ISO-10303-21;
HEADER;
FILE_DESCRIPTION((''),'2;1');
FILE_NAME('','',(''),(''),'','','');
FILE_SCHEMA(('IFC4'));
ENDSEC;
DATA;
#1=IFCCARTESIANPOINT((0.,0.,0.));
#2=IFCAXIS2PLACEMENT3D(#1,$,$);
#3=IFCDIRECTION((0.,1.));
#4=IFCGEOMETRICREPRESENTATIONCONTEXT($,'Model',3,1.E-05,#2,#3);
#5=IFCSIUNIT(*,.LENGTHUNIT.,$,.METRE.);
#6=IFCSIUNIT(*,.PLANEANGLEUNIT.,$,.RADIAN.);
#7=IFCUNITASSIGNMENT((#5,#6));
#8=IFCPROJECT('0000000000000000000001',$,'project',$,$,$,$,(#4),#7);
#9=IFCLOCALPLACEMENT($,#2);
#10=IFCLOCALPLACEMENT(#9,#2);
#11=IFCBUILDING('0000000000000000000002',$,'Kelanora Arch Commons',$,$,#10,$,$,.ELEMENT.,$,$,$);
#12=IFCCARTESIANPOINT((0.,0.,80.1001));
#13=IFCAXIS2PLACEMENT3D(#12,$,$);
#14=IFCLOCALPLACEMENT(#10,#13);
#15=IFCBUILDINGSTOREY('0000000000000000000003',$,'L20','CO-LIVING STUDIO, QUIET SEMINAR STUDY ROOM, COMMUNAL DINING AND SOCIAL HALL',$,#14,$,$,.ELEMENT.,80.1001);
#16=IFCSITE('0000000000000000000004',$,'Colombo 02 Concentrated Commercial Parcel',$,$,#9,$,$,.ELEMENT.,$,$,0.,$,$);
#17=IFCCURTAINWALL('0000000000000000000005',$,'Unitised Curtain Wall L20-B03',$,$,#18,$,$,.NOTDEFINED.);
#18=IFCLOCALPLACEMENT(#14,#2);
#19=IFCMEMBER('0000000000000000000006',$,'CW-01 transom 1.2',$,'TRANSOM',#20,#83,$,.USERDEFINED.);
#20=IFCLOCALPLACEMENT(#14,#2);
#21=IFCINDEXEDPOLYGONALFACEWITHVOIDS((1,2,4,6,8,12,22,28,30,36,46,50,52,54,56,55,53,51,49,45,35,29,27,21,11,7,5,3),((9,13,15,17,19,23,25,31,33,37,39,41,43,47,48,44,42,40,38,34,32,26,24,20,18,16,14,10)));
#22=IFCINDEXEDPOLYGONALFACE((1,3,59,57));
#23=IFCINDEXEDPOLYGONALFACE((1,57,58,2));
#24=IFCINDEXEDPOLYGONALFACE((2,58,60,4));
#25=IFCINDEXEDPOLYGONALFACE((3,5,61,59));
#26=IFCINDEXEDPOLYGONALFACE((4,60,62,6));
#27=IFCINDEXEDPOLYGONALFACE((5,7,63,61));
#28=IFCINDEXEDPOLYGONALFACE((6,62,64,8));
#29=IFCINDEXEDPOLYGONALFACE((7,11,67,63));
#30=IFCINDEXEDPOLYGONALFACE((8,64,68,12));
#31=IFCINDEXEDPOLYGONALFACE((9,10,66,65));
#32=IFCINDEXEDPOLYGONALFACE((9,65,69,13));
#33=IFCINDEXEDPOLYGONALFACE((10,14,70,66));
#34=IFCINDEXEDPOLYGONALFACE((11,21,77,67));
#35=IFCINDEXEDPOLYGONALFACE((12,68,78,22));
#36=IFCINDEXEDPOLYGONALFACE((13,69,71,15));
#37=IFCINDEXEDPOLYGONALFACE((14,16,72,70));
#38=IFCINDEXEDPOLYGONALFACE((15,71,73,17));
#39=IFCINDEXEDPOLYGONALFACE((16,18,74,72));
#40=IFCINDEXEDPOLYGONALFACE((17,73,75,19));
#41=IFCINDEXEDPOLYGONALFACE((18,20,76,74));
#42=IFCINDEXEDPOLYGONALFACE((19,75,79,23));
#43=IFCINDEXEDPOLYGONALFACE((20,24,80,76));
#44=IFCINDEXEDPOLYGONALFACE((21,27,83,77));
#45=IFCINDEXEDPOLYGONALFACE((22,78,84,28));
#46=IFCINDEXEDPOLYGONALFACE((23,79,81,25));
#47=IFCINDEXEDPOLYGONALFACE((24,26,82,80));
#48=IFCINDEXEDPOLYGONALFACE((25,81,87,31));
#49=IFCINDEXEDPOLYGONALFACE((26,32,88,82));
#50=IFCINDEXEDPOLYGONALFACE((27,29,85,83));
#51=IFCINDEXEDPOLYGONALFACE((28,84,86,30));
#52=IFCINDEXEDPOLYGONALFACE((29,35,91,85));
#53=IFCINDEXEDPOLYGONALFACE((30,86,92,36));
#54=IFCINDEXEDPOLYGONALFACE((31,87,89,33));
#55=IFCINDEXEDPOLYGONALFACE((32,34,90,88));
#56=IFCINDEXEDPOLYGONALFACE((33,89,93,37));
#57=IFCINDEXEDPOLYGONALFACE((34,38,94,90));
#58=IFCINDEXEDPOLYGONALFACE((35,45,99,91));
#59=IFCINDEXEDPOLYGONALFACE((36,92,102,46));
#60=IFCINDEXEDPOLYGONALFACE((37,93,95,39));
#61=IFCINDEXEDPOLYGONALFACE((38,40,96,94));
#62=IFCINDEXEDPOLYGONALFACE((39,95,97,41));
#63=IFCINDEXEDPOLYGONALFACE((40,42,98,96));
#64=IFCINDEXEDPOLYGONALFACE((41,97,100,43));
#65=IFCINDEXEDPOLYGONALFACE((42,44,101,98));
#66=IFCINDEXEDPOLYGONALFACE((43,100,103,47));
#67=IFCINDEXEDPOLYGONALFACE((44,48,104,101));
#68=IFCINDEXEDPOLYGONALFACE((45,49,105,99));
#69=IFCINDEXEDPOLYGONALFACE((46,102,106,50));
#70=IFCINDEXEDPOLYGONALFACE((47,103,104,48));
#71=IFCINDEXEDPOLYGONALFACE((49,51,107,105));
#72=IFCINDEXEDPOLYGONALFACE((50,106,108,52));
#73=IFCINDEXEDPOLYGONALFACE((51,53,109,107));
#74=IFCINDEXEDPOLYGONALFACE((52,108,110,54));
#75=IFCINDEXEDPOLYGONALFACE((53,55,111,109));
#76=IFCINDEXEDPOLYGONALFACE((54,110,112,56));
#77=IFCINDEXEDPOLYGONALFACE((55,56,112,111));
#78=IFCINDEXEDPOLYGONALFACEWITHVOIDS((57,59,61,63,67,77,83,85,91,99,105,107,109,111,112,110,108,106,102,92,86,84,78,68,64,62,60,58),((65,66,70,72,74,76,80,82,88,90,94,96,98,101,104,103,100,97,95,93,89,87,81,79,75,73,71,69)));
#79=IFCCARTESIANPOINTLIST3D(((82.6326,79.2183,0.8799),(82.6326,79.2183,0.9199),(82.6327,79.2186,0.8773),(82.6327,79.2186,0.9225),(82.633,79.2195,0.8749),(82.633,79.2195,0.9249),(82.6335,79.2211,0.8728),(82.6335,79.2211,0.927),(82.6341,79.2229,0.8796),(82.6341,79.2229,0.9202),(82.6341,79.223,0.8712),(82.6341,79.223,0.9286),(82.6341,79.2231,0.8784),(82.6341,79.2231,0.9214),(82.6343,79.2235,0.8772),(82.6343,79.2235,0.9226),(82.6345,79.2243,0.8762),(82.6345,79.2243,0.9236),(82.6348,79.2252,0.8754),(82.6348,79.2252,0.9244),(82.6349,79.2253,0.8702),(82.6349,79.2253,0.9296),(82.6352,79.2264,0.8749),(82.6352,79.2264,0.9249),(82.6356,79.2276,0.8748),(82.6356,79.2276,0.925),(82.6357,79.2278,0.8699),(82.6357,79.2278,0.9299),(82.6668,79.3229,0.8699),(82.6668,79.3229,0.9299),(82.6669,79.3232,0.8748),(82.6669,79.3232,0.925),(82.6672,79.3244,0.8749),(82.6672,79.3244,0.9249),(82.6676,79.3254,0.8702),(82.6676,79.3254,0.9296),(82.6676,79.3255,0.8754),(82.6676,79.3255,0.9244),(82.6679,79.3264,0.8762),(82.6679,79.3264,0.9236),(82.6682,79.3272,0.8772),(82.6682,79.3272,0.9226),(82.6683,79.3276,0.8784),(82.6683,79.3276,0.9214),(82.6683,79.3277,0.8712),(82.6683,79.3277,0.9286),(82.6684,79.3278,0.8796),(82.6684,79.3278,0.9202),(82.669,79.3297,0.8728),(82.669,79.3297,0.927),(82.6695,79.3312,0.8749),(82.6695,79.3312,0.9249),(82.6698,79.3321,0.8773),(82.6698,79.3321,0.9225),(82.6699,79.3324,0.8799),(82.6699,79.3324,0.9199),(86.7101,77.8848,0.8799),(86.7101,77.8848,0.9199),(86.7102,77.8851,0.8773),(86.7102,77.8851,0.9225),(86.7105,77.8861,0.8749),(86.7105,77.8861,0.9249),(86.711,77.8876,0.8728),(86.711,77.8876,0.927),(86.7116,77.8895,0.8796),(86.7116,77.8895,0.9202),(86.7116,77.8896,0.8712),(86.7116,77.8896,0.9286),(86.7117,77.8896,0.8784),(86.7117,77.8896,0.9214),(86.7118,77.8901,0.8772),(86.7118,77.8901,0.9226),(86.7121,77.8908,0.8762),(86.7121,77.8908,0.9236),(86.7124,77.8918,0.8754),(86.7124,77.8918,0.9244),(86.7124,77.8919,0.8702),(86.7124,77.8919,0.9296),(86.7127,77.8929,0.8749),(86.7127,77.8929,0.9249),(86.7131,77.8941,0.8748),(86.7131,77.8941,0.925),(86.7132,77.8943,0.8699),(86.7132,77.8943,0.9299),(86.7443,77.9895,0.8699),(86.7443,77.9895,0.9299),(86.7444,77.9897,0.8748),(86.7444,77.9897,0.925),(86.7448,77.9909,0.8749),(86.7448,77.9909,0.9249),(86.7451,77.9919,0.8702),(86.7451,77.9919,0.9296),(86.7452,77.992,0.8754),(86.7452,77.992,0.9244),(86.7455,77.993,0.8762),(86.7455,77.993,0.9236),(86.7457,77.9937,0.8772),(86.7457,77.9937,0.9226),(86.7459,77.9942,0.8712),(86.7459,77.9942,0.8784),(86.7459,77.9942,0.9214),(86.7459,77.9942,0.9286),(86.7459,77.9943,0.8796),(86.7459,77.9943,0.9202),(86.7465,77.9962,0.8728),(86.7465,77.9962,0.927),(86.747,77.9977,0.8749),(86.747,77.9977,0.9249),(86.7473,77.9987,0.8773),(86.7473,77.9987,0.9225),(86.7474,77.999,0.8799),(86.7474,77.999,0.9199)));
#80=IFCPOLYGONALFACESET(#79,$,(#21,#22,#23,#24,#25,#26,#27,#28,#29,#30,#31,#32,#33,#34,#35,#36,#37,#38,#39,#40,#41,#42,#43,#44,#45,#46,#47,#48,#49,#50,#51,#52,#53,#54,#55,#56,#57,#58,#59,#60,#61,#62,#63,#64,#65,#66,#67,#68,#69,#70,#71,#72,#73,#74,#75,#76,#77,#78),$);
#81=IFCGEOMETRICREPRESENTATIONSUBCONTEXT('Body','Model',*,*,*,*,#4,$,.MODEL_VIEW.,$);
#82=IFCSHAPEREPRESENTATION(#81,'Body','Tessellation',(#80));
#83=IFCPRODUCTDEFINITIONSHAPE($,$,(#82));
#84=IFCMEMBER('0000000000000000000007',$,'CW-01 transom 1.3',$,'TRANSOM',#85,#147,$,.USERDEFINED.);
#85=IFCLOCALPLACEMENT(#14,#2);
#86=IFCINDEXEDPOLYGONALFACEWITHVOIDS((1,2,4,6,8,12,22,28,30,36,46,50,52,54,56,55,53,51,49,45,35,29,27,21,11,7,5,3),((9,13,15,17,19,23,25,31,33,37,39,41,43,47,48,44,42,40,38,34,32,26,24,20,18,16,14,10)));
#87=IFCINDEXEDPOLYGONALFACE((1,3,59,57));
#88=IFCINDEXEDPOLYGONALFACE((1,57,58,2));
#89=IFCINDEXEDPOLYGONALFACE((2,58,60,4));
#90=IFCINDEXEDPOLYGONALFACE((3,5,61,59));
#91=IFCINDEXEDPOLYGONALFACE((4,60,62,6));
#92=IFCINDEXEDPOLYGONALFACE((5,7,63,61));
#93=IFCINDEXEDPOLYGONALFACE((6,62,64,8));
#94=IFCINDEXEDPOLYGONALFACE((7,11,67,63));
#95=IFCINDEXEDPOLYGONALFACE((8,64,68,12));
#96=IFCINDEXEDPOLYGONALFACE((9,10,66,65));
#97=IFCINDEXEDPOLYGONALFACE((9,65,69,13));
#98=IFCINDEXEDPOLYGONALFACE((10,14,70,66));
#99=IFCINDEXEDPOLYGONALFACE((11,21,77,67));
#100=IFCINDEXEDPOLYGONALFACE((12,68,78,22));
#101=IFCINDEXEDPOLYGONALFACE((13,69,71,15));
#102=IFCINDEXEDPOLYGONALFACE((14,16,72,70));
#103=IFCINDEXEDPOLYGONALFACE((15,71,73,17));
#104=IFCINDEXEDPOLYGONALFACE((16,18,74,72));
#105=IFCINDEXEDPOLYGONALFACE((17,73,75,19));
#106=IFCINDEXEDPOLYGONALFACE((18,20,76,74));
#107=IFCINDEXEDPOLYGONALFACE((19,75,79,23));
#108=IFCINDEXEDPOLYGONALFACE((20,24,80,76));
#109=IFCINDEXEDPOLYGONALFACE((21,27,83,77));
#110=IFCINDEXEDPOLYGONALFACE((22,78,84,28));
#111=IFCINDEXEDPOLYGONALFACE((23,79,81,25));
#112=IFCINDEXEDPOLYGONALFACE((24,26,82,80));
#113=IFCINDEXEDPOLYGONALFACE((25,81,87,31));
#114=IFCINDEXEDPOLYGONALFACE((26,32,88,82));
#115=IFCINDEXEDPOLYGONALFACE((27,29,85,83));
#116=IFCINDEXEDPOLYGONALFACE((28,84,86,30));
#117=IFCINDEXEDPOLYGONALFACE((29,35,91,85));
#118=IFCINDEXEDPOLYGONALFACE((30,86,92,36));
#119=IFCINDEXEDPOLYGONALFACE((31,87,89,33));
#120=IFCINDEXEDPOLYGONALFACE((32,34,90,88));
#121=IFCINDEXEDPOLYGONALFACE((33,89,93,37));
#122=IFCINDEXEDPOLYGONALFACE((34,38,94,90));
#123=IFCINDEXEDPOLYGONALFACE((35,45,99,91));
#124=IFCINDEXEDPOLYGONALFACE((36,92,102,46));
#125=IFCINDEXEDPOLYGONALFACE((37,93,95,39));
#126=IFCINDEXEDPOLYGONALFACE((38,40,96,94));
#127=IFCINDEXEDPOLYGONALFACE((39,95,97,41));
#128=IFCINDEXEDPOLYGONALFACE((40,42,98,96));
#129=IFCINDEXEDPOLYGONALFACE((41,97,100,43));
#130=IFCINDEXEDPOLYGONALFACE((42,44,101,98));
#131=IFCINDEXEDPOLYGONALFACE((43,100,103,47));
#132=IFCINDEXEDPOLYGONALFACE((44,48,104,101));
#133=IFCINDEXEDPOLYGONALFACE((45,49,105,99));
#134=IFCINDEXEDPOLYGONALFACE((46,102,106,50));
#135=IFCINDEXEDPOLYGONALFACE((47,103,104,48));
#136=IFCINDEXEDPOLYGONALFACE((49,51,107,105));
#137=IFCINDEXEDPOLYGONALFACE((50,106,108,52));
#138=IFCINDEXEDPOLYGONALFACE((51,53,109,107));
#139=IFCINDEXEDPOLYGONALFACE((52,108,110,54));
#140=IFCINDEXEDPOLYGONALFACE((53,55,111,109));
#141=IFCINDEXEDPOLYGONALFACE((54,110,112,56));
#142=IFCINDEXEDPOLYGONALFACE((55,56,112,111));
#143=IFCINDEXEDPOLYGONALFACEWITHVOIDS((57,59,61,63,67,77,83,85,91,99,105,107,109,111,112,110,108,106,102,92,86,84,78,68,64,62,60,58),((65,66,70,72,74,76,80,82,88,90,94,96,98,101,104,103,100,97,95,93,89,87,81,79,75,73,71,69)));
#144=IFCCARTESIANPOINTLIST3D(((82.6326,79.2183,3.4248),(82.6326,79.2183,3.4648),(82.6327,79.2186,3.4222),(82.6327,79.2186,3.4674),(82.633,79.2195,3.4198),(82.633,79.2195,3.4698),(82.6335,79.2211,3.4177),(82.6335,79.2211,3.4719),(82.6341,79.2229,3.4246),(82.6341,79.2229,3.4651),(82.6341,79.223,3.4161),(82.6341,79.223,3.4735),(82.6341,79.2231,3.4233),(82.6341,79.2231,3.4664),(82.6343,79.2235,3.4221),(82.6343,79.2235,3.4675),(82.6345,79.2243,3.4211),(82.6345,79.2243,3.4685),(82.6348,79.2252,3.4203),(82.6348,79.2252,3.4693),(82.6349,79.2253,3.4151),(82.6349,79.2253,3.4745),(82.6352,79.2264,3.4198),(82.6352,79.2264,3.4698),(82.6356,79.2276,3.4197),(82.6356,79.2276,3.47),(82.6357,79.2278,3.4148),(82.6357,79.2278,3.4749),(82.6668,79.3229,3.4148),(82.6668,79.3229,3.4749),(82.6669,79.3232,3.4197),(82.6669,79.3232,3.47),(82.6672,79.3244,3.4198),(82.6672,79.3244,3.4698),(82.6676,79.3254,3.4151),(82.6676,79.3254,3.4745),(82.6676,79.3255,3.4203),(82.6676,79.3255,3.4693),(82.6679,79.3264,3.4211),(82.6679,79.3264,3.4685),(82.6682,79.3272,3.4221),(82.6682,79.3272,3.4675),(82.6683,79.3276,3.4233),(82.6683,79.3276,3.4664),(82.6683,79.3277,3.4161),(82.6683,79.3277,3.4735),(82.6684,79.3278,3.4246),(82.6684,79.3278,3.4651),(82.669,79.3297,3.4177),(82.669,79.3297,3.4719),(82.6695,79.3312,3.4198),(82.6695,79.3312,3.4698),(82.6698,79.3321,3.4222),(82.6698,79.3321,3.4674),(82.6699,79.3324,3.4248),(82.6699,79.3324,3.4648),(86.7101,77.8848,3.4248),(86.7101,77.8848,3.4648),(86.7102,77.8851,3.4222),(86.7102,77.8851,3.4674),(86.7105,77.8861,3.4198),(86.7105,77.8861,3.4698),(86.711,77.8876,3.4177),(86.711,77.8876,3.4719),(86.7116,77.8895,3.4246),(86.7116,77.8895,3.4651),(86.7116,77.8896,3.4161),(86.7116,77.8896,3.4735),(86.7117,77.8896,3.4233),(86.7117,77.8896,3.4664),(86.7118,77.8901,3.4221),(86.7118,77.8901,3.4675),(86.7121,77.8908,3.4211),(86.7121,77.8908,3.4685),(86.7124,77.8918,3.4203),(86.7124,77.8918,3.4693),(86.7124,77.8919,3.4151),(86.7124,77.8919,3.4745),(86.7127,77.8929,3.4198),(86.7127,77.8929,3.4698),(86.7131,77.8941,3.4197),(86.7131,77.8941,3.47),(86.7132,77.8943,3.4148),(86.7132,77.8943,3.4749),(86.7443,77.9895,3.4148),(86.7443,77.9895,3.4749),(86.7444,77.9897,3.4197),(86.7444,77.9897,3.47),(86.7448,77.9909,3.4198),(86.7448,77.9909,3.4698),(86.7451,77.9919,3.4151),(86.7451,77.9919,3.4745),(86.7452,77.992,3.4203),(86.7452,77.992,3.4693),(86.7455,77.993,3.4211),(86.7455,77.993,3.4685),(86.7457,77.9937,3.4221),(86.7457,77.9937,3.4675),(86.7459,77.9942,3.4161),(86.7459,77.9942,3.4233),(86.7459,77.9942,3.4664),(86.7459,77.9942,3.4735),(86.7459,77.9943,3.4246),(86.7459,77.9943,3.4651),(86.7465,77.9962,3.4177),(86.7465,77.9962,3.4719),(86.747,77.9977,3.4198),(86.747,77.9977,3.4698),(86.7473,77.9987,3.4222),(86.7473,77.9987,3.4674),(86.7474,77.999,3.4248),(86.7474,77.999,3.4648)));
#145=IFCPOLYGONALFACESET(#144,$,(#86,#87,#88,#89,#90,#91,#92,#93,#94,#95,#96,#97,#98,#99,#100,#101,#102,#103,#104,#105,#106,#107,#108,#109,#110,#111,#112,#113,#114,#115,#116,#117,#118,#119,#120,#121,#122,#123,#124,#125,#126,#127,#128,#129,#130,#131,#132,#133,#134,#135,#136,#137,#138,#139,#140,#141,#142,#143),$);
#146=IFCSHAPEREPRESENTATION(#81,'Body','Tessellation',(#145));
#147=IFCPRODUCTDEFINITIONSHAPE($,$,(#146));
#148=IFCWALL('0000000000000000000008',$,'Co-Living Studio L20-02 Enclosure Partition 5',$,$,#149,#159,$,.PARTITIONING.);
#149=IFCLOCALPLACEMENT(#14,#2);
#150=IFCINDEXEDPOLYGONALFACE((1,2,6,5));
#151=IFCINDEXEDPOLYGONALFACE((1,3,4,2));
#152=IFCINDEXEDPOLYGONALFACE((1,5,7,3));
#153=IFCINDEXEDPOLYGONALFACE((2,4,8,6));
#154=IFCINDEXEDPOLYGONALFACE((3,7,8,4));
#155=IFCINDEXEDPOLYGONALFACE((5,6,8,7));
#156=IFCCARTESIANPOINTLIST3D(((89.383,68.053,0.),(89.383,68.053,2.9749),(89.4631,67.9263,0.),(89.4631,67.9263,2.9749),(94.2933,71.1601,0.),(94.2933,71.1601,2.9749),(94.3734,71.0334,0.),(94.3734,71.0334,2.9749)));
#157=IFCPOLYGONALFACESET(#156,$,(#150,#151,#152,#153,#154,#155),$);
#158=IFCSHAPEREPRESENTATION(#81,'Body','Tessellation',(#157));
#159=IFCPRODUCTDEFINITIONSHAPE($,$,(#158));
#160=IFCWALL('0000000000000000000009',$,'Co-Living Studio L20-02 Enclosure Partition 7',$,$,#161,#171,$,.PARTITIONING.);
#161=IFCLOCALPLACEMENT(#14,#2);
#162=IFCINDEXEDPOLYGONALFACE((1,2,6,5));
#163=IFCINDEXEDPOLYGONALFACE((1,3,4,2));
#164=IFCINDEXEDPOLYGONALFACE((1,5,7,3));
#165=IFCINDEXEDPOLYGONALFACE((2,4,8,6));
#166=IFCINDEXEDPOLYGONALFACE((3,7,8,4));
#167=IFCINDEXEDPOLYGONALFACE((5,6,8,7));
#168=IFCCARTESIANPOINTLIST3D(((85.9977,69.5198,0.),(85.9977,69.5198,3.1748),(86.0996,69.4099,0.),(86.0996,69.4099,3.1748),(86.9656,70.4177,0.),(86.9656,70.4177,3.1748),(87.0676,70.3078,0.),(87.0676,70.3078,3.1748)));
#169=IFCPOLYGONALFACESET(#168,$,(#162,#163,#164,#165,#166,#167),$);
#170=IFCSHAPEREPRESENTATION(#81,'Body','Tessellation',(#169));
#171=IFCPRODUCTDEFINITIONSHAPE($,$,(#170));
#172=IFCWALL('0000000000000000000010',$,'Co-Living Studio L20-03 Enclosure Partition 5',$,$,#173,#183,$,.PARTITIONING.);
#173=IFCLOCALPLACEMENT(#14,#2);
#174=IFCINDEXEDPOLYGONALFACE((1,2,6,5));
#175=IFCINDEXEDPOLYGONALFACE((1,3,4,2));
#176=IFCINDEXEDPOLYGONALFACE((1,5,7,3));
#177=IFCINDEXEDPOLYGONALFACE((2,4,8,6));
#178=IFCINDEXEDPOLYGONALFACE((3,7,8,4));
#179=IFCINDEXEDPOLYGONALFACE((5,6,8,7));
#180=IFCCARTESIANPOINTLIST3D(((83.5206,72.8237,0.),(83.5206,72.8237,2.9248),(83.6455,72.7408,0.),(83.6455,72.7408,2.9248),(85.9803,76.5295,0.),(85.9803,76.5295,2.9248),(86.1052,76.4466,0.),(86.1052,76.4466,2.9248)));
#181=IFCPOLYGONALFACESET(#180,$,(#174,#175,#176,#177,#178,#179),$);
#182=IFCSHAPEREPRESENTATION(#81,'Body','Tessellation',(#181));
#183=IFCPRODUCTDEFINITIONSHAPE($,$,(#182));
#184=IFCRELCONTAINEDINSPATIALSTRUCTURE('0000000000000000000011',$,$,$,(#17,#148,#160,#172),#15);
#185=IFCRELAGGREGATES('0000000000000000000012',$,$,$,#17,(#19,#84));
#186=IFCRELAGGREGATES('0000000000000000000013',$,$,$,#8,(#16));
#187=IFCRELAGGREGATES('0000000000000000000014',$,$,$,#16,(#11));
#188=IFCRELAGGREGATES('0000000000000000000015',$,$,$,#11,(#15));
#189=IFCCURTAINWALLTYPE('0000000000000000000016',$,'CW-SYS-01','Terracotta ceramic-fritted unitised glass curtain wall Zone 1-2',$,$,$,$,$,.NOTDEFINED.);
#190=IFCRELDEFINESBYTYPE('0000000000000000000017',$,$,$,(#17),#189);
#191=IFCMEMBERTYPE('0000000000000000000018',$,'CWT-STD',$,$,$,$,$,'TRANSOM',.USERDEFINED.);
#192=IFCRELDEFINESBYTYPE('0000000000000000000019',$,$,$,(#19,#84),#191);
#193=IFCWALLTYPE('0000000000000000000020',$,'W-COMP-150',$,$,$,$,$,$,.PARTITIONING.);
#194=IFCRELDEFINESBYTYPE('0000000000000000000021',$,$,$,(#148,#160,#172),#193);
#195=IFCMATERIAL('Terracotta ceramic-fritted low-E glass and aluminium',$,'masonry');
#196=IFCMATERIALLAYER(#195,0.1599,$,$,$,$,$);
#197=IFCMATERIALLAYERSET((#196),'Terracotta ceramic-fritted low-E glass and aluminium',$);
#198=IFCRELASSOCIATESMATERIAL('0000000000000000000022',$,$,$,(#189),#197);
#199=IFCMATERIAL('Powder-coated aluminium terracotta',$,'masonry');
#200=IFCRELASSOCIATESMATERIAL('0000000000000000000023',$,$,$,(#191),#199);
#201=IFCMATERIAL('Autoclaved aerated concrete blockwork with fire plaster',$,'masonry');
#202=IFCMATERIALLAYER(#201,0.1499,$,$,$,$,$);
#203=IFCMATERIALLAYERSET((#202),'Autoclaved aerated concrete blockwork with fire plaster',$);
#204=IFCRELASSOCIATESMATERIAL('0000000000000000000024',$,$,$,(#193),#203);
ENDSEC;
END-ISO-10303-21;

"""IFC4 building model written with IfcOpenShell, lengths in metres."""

from ifc_helpers import new_model, si_unit, direction, frame, frame_2d, origin, origin_2d, place, context, subcontext, project, spatial, rectangle, hollow_rectangle, extrude, material, layer, layer_set, material_profile, profile_set, type_object, element, aggregate, save


model = new_model("IFC4")

# Units and contexts
model_context = context("Model", 3, precision=1e-05, world=origin(), true_north=direction((0.0, 1.0)))
body_context = subcontext(model_context, "Body", "Model", "MODEL_VIEW")
ifc_project = project(units=[si_unit("LENGTHUNIT", "METRE"), si_unit("PLANEANGLEUNIT", "RADIAN")], contexts=[model_context])

# Site, building, storey
site_placement = place(None, origin())
site = spatial("IfcSite", under=ifc_project, at=site_placement, Name="Colombo 02 Concentrated Commercial Parcel", CompositionType="ELEMENT", RefElevation=0.0)
building_placement = place(site_placement, origin())
building = spatial("IfcBuilding", under=site, at=building_placement, Name="Kelanora Arch Commons", CompositionType="ELEMENT")
storey_placement = place(building_placement, frame((0.0, 0.0, 80.1001)))
storey = spatial("IfcBuildingStorey", under=building, at=storey_placement, Name="L20", Description="CO-LIVING STUDIO, QUIET SEMINAR STUDY ROOM, COMMUNAL DINING AND SOCIAL HALL", CompositionType="ELEMENT", Elevation=80.1001)

# Curtain wall, members
ifc_material_1 = material(Name="Terracotta ceramic-fritted low-E glass and aluminium", Category="masonry")
ifc_layer_1 = layer(ifc_material_1, 0.1599)
ifc_layer_set_1 = layer_set([ifc_layer_1], Name="Terracotta ceramic-fritted low-E glass and aluminium")
curtain_wall_type = type_object("IfcCurtainWallType", Name="CW-SYS-01", Description="Terracotta ceramic-fritted unitised glass curtain wall Zone 1-2", PredefinedType="NOTDEFINED", material=ifc_layer_set_1)
curtain_wall_placement = place(storey_placement, origin())
curtain_wall = element("IfcCurtainWall", 1, at=curtain_wall_placement, inside=storey, type_object=curtain_wall_type, Name="Unitised Curtain Wall L20-B03", PredefinedType="NOTDEFINED")
ifc_material_2 = material(Name="Powder-coated aluminium terracotta", Category="masonry")
ifc_material_profile_1 = material_profile(ifc_material_2, hollow_rectangle(XDim=0.1201, YDim=0.0601, WallThickness=0.0049, InnerFilletRadius=0.0049, OuterFilletRadius=0.01, at=origin_2d()), Name="CWT120x60")
ifc_profile_set_1 = profile_set([ifc_material_profile_1], Name="Powder-coated aluminium terracotta")
member_type_1 = type_object("IfcMemberType", Name="CWT-STD", ElementType="TRANSOM", PredefinedType="USERDEFINED", material=ifc_profile_set_1)
member_1_placement = place(storey_placement, frame((86.7288, 77.9419, 0.8999), z_axis=(-0.950466, 0.310828, 0.0), x_axis=(-0.310828, -0.950466, 0.0)))
member_1 = element("IfcMember", 2, at=member_1_placement, type_object=member_type_1, Name="CW-01 transom 1.2", ObjectType="TRANSOM", PredefinedType="USERDEFINED", context=body_context, shape_type="SweptSolid", body=[
    extrude(hollow_rectangle(XDim=0.1201, YDim=0.0601, WallThickness=0.0049, InnerFilletRadius=0.0049, OuterFilletRadius=0.01, at=origin_2d()), origin(), (0.0, 0.0, 1.0), 4.29),
])
member_2_placement = place(storey_placement, frame((86.7288, 77.9419, 3.4448), z_axis=(-0.950466, 0.310828, 0.0), x_axis=(-0.310828, -0.950466, 0.0)))
member_2 = element("IfcMember", 3, at=member_2_placement, type_object=member_type_1, Name="CW-01 transom 1.3", ObjectType="TRANSOM", PredefinedType="USERDEFINED", context=body_context, shape_type="SweptSolid", body=[
    extrude(hollow_rectangle(XDim=0.1201, YDim=0.0601, WallThickness=0.0049, InnerFilletRadius=0.0049, OuterFilletRadius=0.01, at=origin_2d()), origin(), (0.0, 0.0, 1.0), 4.29),
])
aggregate(curtain_wall, [member_1, member_2])

# Walls
ifc_material_3 = material(Name="Autoclaved aerated concrete blockwork with fire plaster", Category="masonry")
ifc_layer_2 = layer(ifc_material_3, 0.1499)
ifc_layer_set_2 = layer_set([ifc_layer_2], Name="Autoclaved aerated concrete blockwork with fire plaster")
wall_type_1 = type_object("IfcWallType", Name="W-COMP-150", PredefinedType="PARTITIONING", material=ifc_layer_set_2)
wall_1_placement = place(storey_placement, frame((94.3333, 71.0967, 0.0), z_axis=(0.0, 0.0, 1.0), x_axis=(-0.845032, -0.534715, 0.0)))
element("IfcWall", 4, at=wall_1_placement, inside=storey, type_object=wall_type_1, Name="Co-Living Studio L20-02 Enclosure Partition 5", PredefinedType="PARTITIONING", context=body_context, shape_type="SweptSolid", body=[
    extrude(rectangle(XDim=5.8108, YDim=0.1499, at=frame_2d((2.9053, 0.0))), origin(), (0.0, 0.0, 1.0), 2.9749),
])
wall_2_placement = place(storey_placement, frame((87.0166, 70.3628, 0.0), z_axis=(0.0, 0.0, 1.0), x_axis=(-0.733142, -0.680075, 0.0)))
element("IfcWall", 5, at=wall_2_placement, inside=storey, type_object=wall_type_1, Name="Co-Living Studio L20-02 Enclosure Partition 7", PredefinedType="PARTITIONING", context=body_context, shape_type="SweptSolid", body=[
    extrude(rectangle(XDim=1.3203, YDim=0.1499, at=frame_2d((0.6602, 0.0))), origin(), (0.0, 0.0, 1.0), 3.1748),
])
wall_3_placement = place(storey_placement, frame((86.0427, 76.488, 0.0), z_axis=(0.0, 0.0, 1.0), x_axis=(-0.553014, -0.833172, 0.0)))
element("IfcWall", 6, at=wall_3_placement, inside=storey, type_object=wall_type_1, Name="Co-Living Studio L20-03 Enclosure Partition 5", PredefinedType="PARTITIONING", context=body_context, shape_type="SweptSolid", body=[
    extrude(rectangle(XDim=4.4478, YDim=0.1499, at=frame_2d((2.2239, 0.0))), origin(), (0.0, 0.0, 1.0), 2.9248),
])

save(model, "model.ifc")
